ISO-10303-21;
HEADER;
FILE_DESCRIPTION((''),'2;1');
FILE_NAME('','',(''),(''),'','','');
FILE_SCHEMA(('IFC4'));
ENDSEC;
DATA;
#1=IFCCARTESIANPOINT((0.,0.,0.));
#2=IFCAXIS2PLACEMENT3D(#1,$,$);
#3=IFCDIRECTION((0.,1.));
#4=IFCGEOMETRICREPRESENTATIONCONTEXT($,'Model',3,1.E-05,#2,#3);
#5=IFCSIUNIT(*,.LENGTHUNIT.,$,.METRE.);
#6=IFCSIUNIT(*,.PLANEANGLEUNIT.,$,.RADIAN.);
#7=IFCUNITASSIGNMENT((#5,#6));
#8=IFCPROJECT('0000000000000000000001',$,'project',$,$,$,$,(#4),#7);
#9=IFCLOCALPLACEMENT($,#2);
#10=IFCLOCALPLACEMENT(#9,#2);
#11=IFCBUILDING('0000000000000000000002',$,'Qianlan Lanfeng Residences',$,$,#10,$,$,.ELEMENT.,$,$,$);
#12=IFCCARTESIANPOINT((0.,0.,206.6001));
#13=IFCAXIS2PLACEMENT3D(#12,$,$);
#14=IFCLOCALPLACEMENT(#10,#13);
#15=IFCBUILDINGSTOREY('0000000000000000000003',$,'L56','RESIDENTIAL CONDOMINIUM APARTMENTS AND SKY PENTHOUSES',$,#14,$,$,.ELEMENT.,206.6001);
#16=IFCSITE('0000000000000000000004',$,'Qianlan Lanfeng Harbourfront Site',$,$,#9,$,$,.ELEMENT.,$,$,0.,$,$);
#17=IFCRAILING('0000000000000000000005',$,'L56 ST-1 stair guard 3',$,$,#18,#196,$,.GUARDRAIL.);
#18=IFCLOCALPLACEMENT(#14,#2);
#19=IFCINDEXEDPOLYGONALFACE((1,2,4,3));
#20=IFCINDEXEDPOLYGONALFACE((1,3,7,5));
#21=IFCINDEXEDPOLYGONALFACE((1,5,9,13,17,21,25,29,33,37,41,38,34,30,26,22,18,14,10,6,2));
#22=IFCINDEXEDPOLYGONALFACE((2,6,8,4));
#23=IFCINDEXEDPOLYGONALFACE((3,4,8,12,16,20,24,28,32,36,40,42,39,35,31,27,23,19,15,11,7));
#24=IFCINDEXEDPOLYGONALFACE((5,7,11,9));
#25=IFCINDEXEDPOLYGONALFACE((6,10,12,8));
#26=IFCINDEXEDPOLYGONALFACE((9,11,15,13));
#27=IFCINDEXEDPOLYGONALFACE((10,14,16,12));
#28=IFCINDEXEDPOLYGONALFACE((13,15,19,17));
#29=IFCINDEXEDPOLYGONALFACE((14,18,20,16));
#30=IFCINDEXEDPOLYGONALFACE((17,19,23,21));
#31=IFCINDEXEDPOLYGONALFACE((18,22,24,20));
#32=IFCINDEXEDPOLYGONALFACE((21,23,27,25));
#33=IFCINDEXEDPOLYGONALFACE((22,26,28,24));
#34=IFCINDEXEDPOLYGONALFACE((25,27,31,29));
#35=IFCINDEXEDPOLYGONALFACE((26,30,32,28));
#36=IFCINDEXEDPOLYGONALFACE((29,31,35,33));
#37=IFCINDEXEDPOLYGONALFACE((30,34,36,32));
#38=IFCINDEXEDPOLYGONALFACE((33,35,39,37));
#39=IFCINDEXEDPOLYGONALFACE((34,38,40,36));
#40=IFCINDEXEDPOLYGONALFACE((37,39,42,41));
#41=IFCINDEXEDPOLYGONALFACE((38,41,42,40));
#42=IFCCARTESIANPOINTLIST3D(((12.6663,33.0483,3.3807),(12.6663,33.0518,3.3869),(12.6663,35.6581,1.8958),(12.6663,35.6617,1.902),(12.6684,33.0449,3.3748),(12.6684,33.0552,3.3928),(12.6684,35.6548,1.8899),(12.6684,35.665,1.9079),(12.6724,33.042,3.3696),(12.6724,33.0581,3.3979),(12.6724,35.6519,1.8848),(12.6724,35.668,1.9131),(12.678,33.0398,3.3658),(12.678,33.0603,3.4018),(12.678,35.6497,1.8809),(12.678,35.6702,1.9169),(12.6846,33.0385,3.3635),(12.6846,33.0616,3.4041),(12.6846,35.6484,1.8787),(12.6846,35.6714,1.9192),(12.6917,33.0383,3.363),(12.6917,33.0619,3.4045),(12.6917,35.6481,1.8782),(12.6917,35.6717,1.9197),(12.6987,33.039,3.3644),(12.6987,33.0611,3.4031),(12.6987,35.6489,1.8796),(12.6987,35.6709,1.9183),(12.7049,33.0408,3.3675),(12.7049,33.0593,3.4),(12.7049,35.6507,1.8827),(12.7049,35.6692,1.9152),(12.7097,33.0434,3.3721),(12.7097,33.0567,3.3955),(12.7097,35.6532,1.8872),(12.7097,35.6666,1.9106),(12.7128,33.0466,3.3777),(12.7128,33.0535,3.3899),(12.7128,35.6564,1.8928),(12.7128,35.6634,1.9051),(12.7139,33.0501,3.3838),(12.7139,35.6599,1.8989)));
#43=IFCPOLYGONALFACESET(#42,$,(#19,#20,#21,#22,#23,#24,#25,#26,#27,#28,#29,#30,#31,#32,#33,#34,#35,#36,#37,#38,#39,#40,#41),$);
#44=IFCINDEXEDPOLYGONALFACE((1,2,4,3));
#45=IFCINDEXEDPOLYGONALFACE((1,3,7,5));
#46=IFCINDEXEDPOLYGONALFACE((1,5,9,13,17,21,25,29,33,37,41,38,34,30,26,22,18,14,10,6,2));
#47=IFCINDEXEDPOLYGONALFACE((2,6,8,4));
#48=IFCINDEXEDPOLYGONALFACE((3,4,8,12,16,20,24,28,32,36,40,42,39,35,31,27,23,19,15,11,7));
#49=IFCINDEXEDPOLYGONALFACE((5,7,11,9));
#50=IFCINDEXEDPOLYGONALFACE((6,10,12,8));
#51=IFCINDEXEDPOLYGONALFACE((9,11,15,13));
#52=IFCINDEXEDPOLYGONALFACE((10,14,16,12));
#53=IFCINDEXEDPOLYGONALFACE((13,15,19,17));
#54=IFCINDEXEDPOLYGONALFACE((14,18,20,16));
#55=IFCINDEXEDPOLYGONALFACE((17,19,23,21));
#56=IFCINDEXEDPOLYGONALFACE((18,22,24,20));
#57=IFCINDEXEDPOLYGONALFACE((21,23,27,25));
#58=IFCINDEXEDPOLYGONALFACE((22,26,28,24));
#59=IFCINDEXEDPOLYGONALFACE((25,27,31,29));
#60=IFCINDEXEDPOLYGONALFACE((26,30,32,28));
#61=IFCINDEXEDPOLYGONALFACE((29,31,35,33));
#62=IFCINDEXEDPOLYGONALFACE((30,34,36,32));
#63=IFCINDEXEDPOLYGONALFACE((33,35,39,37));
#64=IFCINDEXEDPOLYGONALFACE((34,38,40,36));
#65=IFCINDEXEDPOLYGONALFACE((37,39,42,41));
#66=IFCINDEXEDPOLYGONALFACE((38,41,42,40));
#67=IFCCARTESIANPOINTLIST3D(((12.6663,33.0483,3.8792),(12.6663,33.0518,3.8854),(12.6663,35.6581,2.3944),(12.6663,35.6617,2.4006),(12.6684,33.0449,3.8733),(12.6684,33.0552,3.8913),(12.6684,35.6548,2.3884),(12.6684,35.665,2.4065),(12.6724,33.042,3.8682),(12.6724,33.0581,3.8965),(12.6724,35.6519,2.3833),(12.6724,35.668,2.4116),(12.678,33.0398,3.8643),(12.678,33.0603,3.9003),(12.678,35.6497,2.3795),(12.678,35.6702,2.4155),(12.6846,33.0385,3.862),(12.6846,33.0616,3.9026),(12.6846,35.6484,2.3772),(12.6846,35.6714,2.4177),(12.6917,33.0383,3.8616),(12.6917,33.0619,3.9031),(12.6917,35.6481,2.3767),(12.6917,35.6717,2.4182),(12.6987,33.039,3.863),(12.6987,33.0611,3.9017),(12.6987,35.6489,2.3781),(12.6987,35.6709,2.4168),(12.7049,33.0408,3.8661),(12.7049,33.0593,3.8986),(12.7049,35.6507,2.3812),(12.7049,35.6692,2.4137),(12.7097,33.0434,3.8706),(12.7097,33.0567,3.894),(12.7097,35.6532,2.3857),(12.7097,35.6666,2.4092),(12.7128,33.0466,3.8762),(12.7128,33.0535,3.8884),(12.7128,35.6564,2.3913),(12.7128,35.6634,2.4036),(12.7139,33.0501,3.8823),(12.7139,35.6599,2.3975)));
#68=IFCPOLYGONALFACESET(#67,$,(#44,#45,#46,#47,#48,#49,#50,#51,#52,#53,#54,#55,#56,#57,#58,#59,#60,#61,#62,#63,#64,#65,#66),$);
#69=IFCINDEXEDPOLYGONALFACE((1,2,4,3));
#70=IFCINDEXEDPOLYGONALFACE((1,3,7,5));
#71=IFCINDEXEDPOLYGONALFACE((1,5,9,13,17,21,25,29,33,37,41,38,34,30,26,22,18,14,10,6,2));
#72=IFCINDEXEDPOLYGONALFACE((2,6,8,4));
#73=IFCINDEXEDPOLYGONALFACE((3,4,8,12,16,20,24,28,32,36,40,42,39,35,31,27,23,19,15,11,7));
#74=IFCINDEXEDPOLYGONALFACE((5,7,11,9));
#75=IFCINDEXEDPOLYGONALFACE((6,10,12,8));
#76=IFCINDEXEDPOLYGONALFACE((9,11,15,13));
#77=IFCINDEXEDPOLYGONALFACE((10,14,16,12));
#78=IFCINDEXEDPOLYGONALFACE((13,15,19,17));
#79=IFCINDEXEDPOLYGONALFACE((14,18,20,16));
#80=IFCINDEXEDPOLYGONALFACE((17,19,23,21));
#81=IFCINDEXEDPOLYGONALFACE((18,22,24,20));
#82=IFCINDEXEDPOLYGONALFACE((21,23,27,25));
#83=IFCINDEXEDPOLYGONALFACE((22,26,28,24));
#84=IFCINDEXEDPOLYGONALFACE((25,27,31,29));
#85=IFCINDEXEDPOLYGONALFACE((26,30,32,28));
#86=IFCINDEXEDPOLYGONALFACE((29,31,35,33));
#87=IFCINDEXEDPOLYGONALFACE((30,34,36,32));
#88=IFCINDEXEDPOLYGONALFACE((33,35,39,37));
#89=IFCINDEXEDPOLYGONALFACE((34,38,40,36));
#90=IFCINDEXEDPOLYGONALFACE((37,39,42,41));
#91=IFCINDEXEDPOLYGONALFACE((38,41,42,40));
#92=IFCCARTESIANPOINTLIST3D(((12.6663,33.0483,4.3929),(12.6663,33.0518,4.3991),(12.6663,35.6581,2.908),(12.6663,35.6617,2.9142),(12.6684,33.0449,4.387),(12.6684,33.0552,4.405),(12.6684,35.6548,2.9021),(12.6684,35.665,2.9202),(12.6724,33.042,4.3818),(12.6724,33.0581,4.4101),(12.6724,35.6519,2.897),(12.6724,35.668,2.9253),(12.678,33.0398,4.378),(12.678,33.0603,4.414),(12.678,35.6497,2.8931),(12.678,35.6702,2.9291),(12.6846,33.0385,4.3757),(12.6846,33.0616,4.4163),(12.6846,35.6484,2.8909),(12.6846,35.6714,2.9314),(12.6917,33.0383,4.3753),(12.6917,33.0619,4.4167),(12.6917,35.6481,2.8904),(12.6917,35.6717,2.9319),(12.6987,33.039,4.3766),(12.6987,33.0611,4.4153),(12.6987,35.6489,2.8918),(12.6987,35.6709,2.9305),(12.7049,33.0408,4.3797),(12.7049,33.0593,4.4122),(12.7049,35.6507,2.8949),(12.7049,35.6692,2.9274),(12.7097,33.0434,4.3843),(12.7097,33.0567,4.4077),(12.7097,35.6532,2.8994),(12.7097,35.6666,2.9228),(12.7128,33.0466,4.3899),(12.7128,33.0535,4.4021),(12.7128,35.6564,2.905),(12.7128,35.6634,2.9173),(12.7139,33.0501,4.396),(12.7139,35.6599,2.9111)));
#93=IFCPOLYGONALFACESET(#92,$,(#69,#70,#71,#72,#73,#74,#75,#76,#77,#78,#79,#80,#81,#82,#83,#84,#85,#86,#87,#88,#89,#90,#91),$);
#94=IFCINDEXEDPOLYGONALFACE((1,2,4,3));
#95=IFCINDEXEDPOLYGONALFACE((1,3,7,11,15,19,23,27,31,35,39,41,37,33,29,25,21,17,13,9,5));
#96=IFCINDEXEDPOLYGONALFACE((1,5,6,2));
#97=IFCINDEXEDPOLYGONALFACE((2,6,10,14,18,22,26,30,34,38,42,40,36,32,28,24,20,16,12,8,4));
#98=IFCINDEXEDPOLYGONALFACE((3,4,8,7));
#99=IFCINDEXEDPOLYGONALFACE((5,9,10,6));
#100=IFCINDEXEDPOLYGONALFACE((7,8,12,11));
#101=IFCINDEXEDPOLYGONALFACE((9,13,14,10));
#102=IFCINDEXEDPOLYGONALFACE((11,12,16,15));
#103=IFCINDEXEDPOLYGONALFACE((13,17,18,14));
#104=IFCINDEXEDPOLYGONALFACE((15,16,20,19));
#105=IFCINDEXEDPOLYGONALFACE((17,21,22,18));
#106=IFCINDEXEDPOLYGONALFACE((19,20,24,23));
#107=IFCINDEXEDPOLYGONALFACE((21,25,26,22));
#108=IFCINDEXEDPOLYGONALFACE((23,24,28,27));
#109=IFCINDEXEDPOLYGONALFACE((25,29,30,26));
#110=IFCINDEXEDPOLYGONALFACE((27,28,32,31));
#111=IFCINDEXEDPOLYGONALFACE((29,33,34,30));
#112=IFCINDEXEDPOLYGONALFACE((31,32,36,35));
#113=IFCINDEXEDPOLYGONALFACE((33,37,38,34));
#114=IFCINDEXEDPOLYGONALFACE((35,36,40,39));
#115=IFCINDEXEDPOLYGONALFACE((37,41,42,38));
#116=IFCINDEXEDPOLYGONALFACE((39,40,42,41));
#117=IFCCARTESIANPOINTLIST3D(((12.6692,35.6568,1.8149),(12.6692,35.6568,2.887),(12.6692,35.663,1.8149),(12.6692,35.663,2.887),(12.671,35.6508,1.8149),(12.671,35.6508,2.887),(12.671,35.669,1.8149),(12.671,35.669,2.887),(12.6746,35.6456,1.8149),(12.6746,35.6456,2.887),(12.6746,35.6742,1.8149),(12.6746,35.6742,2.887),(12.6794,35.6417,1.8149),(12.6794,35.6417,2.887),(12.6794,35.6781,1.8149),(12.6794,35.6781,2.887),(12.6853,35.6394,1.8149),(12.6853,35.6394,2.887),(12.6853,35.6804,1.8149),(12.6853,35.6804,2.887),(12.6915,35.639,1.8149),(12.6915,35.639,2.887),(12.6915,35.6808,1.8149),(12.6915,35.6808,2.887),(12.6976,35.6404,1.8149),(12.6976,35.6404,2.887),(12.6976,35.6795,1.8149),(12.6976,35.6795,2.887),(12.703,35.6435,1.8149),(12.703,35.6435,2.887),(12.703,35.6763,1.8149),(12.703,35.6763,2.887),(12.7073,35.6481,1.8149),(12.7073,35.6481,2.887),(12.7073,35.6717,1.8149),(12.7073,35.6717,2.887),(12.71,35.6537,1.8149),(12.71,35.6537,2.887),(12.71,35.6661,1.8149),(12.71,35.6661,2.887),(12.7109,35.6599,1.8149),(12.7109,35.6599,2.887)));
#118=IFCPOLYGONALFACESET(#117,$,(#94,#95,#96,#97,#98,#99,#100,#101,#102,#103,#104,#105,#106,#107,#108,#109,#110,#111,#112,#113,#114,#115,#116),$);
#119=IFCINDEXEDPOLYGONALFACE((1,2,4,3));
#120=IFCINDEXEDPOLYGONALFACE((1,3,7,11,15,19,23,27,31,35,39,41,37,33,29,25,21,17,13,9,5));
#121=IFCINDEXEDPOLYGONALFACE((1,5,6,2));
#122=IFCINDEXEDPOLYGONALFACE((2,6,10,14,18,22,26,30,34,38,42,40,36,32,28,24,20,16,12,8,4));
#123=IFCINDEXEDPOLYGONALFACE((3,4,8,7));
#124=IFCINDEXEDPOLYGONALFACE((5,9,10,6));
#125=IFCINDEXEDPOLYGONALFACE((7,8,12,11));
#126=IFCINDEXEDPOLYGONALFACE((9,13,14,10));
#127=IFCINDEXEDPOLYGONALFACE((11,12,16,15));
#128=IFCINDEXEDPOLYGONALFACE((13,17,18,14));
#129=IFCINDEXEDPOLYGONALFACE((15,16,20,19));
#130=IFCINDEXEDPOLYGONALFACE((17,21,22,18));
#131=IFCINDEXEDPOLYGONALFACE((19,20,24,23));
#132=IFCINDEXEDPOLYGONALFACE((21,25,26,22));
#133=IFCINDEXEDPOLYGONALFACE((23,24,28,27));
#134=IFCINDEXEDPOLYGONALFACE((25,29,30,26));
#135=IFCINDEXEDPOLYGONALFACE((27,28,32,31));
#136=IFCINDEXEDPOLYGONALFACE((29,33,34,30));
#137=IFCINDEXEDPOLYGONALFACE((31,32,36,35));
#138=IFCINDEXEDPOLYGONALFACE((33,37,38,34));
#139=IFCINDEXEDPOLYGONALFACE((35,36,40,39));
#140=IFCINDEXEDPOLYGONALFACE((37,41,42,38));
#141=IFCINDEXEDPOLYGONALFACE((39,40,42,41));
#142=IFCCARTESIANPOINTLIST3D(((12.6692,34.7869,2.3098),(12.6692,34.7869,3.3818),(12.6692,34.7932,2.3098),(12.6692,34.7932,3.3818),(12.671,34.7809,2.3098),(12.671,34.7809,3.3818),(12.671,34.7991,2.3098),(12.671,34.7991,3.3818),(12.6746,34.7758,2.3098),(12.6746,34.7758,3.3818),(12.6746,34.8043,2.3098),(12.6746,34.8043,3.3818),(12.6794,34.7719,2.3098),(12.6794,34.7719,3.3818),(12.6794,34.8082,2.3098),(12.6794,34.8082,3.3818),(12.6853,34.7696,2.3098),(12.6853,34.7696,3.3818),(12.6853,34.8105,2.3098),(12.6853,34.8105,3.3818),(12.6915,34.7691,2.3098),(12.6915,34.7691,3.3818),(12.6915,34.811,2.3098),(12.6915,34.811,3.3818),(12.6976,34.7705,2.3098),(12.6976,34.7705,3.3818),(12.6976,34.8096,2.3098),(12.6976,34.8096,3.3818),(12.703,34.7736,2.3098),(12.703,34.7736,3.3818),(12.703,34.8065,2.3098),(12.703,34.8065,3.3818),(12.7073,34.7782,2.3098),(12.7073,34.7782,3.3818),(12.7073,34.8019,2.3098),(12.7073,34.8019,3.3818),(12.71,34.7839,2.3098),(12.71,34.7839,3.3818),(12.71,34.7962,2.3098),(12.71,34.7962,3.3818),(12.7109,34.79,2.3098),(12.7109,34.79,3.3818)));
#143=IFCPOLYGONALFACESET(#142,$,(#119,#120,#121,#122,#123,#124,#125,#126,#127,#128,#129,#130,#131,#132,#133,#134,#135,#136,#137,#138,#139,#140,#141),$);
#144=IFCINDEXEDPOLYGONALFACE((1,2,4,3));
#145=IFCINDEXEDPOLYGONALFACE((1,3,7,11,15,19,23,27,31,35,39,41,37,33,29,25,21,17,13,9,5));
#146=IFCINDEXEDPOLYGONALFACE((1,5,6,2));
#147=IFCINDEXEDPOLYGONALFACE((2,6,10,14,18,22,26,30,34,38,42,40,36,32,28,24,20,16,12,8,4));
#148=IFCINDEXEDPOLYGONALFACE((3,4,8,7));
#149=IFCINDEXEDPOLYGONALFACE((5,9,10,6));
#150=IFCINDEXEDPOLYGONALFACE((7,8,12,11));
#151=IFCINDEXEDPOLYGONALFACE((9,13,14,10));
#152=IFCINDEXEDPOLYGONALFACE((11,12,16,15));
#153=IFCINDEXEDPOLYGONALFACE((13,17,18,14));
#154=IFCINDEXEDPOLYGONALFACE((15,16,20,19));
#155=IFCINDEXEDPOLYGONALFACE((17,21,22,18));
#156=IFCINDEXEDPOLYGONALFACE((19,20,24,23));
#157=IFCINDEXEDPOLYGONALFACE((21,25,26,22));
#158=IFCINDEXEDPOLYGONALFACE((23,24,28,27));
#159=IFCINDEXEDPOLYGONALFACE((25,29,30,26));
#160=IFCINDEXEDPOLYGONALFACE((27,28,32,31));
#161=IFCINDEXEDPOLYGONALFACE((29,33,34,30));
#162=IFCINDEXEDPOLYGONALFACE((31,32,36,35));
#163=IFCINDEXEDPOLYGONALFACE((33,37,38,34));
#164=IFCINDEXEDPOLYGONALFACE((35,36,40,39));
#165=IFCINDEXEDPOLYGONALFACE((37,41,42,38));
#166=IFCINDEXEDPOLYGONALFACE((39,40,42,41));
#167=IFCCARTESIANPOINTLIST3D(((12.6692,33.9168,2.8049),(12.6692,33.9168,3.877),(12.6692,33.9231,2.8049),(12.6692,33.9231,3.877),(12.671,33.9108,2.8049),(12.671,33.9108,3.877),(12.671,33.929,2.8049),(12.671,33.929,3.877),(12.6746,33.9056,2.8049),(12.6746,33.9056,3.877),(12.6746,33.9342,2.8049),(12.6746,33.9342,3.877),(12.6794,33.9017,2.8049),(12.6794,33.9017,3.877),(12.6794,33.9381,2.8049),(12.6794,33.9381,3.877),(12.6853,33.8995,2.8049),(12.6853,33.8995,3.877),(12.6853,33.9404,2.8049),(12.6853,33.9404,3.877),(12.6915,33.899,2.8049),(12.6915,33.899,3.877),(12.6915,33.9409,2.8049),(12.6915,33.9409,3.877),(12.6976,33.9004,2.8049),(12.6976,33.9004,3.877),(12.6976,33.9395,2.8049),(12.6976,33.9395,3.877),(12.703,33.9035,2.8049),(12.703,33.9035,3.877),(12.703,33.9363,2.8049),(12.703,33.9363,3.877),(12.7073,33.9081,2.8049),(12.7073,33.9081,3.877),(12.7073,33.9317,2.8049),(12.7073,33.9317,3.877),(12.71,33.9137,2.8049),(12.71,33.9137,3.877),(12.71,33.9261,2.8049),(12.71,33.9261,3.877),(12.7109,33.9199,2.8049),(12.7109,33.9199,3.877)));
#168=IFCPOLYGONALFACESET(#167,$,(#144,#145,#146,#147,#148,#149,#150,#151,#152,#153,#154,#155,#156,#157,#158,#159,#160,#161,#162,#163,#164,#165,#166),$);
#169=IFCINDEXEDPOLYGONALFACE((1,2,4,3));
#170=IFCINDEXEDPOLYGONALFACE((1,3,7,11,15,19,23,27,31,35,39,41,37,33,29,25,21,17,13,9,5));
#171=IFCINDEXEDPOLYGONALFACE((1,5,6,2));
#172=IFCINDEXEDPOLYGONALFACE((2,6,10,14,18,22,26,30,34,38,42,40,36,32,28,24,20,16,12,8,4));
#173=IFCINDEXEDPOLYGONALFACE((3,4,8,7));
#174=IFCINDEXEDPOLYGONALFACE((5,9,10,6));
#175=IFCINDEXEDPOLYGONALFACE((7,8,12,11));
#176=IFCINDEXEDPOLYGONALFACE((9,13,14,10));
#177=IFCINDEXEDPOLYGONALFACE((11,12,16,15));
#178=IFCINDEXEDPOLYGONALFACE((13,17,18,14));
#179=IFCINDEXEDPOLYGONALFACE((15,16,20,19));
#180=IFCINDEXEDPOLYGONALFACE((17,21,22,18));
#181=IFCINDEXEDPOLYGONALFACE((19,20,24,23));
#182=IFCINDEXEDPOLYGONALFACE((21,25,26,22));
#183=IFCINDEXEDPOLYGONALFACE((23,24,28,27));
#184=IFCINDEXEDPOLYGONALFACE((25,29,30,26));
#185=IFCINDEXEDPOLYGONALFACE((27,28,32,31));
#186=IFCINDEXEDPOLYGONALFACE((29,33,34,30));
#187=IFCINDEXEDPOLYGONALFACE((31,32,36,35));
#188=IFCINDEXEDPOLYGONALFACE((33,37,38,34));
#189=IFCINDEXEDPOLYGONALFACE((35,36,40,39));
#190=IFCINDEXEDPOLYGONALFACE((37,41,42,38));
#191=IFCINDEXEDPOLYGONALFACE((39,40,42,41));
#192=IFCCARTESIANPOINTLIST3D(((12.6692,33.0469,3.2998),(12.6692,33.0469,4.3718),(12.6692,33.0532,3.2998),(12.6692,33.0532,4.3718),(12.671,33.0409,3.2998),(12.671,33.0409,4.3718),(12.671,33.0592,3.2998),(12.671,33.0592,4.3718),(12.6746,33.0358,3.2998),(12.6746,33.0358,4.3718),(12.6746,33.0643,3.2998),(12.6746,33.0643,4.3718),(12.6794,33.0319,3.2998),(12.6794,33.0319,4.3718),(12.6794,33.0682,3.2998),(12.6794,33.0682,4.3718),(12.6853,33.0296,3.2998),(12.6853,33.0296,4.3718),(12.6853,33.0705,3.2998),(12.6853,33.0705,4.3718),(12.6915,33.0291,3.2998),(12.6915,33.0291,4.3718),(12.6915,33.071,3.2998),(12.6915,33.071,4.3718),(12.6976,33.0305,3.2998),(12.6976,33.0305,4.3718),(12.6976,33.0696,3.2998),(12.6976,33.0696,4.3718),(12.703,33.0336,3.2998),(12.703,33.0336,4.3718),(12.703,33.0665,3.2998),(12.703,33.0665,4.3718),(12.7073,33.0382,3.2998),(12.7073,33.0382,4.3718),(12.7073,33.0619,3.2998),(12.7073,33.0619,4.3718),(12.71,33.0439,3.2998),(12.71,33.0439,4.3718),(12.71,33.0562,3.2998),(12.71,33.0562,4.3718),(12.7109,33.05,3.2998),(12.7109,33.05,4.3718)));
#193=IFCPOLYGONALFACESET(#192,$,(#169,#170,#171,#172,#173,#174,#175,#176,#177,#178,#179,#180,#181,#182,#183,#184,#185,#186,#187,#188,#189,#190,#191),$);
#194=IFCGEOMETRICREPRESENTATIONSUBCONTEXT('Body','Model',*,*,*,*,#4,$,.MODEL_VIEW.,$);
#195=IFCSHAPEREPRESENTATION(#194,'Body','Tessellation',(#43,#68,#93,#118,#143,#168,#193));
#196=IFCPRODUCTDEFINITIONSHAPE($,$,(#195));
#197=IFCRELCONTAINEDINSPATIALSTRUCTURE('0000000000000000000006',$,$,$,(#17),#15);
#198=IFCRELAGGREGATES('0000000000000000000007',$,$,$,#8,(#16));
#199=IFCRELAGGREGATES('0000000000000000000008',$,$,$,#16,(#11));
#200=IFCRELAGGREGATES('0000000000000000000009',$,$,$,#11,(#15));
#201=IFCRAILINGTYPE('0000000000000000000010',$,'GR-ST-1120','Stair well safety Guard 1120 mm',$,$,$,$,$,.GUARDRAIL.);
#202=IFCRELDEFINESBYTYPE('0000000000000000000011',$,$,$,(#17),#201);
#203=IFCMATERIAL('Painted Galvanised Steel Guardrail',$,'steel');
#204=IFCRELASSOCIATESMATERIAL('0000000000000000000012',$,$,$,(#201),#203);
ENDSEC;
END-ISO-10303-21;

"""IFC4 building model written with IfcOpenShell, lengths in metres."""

from ifc_helpers import new_model, si_unit, direction, frame, origin, origin_2d, place, context, subcontext, project, spatial, circle, extrude, material, type_object, element, save


model = new_model("IFC4")

# Units and contexts
model_context = context("Model", 3, precision=1e-05, world=origin(), true_north=direction((0.0, 1.0)))
body_context = subcontext(model_context, "Body", "Model", "MODEL_VIEW")
ifc_project = project(units=[si_unit("LENGTHUNIT", "METRE"), si_unit("PLANEANGLEUNIT", "RADIAN")], contexts=[model_context])

# Site, building, storey
site_placement = place(None, origin())
site = spatial("IfcSite", under=ifc_project, at=site_placement, Name="Qianlan Lanfeng Harbourfront Site", CompositionType="ELEMENT", RefElevation=0.0)
building_placement = place(site_placement, origin())
building = spatial("IfcBuilding", under=site, at=building_placement, Name="Qianlan Lanfeng Residences", CompositionType="ELEMENT")
storey_placement = place(building_placement, frame((0.0, 0.0, 206.6001)))
storey = spatial("IfcBuildingStorey", under=building, at=storey_placement, Name="L56", Description="RESIDENTIAL CONDOMINIUM APARTMENTS AND SKY PENTHOUSES", CompositionType="ELEMENT", Elevation=206.6001)

# Railing
ifc_material_1 = material(Name="Painted Galvanised Steel Guardrail", Category="steel")
railing_type_1 = type_object("IfcRailingType", Name="GR-ST-1120", Description="Stair well safety Guard 1120 mm", PredefinedType="GUARDRAIL", material=ifc_material_1)
railing_1_placement = place(storey_placement, frame((12.6899, 35.6599, 1.8149)))
element("IfcRailing", 1, at=railing_1_placement, inside=storey, type_object=railing_type_1, Name="L56 ST-1 stair guard 3", PredefinedType="GUARDRAIL", context=body_context, shape_type="SweptSolid", body=[
    extrude(circle(Radius=0.0239, at=origin_2d()), frame((0.0, 0.0, 0.084), z_axis=(0.0, -0.869172, 0.494509), x_axis=(1.0, 0.0, 0.0)), (0.0, 0.0, 1.0), 3.0027),
    extrude(circle(Radius=0.0239, at=origin_2d()), frame((0.0, 0.0, 0.5825), z_axis=(0.0, -0.869172, 0.494509), x_axis=(1.0, 0.0, 0.0)), (0.0, 0.0, 1.0), 3.0027),
    extrude(circle(Radius=0.0239, at=origin_2d()), frame((0.0, 0.0, 1.0962), z_axis=(0.0, -0.869172, 0.494509), x_axis=(1.0, 0.0, 0.0)), (0.0, 0.0, 1.0), 3.0027),
    extrude(circle(Radius=0.021, at=origin_2d()), origin(), (0.0, 0.0, 1.0), 1.072),
    extrude(circle(Radius=0.021, at=origin_2d()), frame((0.0, -0.8699, 0.4949)), (0.0, 0.0, 1.0), 1.072),
    extrude(circle(Radius=0.021, at=origin_2d()), frame((0.0, -1.74, 0.99)), (0.0, 0.0, 1.0), 1.072),
    extrude(circle(Radius=0.021, at=origin_2d()), frame((0.0, -2.6099, 1.4849)), (0.0, 0.0, 1.0), 1.072),
])

save(model, "model.ifc")
